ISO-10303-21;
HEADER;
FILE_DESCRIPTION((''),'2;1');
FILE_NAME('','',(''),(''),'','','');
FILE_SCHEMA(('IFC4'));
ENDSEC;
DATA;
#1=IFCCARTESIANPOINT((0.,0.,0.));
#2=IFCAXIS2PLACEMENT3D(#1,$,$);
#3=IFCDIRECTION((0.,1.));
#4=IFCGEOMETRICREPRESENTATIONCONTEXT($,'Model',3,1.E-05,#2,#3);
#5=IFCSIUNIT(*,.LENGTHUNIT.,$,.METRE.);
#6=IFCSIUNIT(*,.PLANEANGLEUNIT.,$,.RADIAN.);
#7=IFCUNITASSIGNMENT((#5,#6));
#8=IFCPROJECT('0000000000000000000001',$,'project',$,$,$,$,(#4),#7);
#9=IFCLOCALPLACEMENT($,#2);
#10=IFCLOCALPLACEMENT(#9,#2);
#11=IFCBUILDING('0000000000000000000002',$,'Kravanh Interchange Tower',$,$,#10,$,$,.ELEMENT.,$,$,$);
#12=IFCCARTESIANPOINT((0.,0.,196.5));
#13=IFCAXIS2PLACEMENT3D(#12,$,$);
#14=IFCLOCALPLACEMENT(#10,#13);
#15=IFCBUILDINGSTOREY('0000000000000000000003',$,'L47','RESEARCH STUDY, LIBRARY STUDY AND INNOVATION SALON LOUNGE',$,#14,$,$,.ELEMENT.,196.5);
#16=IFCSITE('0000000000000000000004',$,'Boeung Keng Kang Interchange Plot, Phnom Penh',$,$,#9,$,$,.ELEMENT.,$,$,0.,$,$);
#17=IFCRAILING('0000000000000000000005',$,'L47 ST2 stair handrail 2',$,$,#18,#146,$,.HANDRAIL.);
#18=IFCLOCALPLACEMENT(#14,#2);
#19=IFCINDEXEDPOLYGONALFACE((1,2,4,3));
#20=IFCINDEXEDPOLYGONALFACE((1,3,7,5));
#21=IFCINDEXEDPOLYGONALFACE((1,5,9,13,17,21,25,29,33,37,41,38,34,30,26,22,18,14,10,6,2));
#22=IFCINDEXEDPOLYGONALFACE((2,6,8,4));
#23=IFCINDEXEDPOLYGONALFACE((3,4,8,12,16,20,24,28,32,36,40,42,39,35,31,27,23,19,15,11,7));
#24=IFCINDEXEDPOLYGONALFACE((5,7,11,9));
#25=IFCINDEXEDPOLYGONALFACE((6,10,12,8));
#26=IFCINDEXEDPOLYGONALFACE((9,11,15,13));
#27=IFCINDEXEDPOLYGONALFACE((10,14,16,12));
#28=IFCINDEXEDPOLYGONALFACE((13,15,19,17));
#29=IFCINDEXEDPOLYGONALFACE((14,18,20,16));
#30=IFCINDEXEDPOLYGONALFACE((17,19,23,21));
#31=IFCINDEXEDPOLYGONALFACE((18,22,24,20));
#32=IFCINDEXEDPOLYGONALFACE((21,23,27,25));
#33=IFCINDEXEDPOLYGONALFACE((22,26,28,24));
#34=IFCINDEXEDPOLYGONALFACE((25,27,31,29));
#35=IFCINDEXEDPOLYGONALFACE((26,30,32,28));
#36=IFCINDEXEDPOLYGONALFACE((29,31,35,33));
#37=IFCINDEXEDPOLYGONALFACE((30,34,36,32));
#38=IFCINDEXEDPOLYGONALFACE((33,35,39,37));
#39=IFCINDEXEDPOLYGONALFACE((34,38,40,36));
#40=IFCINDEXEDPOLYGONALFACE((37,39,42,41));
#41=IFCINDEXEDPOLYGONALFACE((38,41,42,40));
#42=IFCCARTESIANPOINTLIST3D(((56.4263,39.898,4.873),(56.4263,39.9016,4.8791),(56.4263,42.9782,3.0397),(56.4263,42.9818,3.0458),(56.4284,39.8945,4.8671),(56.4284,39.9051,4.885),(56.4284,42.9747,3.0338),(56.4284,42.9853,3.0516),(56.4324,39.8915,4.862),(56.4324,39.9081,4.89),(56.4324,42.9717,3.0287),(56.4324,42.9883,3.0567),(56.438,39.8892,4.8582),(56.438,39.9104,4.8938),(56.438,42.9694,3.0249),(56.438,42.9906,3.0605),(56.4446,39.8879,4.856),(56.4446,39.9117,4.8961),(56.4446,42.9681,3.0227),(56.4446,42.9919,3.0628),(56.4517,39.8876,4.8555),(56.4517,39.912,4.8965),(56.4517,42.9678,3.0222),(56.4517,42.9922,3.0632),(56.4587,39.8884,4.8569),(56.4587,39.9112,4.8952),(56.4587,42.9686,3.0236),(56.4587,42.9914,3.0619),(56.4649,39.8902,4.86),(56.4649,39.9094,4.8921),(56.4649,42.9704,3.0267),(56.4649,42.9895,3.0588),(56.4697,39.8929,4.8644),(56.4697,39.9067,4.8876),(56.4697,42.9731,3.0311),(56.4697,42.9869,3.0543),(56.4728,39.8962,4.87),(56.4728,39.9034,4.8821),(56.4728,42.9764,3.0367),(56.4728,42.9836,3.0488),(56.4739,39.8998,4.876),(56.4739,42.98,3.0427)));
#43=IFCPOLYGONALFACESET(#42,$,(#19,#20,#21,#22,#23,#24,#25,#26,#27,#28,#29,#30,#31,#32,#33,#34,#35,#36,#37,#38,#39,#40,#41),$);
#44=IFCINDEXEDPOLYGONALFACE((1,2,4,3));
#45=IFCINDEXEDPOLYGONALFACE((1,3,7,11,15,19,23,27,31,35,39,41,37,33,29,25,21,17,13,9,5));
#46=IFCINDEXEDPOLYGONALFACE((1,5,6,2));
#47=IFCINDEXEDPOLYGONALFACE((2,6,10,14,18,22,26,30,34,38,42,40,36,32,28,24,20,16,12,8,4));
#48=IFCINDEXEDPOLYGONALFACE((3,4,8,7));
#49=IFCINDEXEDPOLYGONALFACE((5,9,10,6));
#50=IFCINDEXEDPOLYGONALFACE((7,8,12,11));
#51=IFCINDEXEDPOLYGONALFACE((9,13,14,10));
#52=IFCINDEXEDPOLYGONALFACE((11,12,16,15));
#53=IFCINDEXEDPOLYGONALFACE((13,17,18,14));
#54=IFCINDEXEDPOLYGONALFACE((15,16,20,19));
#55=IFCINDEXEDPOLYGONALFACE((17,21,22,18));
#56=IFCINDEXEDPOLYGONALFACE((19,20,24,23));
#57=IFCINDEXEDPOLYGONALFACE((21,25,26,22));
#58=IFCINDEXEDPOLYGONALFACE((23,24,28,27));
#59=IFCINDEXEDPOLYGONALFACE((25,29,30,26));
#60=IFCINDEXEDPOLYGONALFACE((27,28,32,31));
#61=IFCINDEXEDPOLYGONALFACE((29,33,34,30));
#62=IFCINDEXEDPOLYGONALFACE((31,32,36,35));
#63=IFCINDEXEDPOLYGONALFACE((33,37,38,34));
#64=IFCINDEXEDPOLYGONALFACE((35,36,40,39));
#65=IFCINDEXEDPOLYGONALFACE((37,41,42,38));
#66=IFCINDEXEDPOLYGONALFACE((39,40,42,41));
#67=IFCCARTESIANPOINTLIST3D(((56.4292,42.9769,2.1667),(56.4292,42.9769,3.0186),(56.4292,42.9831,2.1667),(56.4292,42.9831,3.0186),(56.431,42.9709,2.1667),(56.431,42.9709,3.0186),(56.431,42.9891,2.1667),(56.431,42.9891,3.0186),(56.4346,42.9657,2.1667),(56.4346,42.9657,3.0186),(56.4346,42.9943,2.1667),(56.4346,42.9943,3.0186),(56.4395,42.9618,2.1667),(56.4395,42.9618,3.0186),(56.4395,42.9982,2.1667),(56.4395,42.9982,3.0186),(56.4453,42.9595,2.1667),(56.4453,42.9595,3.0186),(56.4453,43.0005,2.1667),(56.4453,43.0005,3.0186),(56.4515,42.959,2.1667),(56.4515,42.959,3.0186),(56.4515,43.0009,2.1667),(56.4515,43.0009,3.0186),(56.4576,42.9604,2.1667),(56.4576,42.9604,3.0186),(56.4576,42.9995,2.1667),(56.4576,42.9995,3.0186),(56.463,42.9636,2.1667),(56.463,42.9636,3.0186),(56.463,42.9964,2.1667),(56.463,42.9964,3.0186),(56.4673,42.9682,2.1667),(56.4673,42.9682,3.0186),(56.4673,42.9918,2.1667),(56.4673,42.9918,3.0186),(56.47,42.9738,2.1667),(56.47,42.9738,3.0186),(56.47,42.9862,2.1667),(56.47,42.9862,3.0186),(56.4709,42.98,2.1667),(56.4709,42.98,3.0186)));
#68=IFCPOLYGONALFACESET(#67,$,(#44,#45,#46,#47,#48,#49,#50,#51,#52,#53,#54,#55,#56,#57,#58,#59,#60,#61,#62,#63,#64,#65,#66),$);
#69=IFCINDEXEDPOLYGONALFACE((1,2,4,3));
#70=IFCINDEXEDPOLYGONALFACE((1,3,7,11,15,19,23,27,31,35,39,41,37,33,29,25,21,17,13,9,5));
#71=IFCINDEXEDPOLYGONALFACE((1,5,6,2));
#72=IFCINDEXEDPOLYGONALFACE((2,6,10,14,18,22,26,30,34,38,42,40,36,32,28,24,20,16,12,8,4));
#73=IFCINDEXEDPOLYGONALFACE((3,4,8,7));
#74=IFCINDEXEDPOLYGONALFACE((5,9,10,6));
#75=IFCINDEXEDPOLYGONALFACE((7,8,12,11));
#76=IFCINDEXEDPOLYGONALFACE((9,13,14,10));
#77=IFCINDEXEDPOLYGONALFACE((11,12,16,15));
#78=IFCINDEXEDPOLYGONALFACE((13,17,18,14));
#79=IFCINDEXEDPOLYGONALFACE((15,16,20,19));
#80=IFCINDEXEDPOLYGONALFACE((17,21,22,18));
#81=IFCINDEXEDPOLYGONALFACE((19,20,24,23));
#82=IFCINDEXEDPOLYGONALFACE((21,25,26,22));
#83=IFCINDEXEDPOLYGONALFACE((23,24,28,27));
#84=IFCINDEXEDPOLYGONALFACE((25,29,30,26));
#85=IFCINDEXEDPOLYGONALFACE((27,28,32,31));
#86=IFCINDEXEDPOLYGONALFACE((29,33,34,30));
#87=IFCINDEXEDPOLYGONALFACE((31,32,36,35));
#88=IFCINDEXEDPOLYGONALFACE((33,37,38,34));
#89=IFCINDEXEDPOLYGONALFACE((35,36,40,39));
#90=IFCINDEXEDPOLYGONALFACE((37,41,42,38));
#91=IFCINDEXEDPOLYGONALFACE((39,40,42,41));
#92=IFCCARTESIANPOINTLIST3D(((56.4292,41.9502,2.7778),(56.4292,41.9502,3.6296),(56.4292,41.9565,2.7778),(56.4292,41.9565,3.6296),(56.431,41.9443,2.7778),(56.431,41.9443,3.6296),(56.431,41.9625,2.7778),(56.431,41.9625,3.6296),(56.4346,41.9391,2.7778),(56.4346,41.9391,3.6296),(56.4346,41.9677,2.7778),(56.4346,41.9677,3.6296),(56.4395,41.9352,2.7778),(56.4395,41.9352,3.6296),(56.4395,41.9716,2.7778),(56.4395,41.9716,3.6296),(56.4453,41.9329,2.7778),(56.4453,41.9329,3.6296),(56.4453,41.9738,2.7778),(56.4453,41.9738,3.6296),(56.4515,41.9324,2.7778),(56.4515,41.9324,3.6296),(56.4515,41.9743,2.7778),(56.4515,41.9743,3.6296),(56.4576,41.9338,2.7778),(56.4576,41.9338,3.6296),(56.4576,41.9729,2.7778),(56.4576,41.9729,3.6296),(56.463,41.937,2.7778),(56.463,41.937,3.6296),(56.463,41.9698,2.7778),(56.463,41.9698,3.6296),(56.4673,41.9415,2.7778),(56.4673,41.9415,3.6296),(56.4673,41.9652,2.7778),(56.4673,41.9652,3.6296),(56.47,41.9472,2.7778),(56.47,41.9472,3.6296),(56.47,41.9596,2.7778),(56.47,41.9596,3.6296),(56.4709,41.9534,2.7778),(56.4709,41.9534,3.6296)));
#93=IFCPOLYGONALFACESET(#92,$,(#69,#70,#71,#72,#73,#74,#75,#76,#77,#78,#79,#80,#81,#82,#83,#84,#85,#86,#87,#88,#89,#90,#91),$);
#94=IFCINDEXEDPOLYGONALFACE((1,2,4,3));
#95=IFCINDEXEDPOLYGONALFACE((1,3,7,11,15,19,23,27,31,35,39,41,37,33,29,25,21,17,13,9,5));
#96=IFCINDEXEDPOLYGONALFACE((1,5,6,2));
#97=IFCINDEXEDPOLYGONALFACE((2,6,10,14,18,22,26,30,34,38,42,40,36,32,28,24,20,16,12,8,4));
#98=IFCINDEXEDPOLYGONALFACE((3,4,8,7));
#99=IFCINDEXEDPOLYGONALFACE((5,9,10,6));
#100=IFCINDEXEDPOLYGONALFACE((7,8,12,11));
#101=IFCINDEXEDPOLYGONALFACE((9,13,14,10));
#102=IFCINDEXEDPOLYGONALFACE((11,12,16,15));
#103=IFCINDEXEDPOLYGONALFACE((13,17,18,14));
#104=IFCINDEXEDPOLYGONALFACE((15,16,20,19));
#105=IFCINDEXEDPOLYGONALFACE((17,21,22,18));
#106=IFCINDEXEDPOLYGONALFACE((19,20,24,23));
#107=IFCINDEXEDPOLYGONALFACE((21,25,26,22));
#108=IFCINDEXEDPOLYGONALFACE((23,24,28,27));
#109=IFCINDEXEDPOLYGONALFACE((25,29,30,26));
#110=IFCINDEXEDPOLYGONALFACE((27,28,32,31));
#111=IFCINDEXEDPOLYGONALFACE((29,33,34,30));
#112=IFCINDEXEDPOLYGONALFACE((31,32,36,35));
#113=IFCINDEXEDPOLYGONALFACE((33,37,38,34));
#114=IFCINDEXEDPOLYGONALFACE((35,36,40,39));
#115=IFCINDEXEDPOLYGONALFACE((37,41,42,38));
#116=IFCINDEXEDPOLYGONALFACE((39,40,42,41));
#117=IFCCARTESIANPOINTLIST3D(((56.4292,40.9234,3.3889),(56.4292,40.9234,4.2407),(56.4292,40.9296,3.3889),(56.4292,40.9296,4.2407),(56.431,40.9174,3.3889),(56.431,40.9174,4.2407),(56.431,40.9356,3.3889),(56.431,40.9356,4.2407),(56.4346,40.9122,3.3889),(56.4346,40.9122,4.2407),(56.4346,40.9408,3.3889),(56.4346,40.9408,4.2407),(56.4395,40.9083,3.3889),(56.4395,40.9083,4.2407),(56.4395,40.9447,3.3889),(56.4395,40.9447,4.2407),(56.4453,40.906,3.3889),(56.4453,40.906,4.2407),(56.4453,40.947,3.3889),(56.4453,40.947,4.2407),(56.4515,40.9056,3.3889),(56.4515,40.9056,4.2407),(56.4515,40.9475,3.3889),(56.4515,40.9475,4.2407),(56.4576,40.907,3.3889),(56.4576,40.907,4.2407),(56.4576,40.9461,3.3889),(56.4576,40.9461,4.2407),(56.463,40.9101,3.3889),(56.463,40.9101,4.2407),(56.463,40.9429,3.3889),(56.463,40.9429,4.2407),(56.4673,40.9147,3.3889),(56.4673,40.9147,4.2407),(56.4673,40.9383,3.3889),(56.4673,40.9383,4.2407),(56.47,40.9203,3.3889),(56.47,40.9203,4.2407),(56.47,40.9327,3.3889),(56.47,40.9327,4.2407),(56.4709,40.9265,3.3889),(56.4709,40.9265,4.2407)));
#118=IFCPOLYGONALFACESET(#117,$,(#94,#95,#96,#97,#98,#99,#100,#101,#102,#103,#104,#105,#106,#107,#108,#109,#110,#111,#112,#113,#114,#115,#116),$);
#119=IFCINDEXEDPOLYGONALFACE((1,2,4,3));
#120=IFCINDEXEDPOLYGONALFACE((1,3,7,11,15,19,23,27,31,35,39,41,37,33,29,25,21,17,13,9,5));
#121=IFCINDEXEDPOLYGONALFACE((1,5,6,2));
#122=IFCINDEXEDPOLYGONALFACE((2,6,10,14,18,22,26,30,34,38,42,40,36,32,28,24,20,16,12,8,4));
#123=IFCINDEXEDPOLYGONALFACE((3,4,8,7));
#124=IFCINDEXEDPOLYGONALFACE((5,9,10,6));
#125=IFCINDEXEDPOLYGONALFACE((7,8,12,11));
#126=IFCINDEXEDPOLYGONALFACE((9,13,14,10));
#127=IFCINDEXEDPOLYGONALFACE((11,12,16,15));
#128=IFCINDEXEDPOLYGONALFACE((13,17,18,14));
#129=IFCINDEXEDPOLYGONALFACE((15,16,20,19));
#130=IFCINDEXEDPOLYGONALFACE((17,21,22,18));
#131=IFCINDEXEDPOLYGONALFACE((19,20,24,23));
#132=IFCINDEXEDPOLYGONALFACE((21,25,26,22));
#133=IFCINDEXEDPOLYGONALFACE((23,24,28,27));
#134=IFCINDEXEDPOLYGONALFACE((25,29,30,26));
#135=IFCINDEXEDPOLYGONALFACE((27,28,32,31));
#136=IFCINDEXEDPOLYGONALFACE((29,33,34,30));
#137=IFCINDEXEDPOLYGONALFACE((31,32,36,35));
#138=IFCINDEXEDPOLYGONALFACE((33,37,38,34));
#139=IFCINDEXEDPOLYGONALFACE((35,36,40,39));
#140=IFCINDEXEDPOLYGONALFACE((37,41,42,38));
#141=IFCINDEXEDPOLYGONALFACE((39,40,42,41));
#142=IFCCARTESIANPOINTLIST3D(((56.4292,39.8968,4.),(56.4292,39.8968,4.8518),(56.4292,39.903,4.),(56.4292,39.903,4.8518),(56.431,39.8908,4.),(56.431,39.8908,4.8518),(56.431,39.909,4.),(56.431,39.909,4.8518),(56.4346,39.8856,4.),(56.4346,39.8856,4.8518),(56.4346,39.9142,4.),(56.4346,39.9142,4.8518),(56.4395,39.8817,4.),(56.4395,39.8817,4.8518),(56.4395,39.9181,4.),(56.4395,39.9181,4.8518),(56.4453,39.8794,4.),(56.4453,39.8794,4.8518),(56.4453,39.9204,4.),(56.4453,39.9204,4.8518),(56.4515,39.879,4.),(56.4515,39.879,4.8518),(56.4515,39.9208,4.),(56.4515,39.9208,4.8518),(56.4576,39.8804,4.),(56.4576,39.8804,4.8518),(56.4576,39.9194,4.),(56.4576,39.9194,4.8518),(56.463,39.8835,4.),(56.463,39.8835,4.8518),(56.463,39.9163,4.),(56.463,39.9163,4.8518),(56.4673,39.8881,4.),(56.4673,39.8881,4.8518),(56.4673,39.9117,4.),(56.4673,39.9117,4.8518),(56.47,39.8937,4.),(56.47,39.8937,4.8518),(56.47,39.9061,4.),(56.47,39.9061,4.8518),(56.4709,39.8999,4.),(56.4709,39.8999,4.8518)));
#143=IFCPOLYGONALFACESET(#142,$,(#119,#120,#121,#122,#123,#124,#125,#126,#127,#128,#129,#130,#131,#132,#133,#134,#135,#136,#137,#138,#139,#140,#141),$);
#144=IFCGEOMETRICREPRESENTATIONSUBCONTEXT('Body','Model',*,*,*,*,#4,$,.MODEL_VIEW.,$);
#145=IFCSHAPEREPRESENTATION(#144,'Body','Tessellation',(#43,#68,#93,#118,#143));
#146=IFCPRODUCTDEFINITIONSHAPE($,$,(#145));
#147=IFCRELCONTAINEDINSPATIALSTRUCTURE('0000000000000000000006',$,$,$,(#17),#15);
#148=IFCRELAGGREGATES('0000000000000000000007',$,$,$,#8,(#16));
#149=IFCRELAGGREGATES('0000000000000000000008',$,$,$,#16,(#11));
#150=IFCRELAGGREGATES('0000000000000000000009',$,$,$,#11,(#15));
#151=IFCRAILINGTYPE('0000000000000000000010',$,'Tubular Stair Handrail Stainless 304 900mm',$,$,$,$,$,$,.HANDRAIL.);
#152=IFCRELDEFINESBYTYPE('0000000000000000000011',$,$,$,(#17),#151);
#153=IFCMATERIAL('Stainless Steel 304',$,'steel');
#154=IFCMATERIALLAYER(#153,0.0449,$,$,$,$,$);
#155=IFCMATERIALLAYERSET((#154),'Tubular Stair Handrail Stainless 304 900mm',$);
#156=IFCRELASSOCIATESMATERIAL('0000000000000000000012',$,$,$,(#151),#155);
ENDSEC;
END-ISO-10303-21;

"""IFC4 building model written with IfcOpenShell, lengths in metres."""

from ifc_helpers import new_model, si_unit, direction, frame, origin, origin_2d, place, context, subcontext, project, spatial, circle, extrude, material, layer, layer_set, type_object, element, save


model = new_model("IFC4")

# Units and contexts
model_context = context("Model", 3, precision=1e-05, world=origin(), true_north=direction((0.0, 1.0)))
body_context = subcontext(model_context, "Body", "Model", "MODEL_VIEW")
ifc_project = project(units=[si_unit("LENGTHUNIT", "METRE"), si_unit("PLANEANGLEUNIT", "RADIAN")], contexts=[model_context])

# Site, building, storey
site_placement = place(None, origin())
site = spatial("IfcSite", under=ifc_project, at=site_placement, Name="Boeung Keng Kang Interchange Plot, Phnom Penh", CompositionType="ELEMENT", RefElevation=0.0)
building_placement = place(site_placement, origin())
building = spatial("IfcBuilding", under=site, at=building_placement, Name="Kravanh Interchange Tower", CompositionType="ELEMENT")
storey_placement = place(building_placement, frame((0.0, 0.0, 196.5)))
storey = spatial("IfcBuildingStorey", under=building, at=storey_placement, Name="L47", Description="RESEARCH STUDY, LIBRARY STUDY AND INNOVATION SALON LOUNGE", CompositionType="ELEMENT", Elevation=196.5)

# Railing
ifc_material_1 = material(Name="Stainless Steel 304", Category="steel")
ifc_layer_1 = layer(ifc_material_1, 0.0449)
ifc_layer_set_1 = layer_set([ifc_layer_1], Name="Tubular Stair Handrail Stainless 304 900mm")
railing_type_1 = type_object("IfcRailingType", Name="Tubular Stair Handrail Stainless 304 900mm", PredefinedType="HANDRAIL", material=ifc_layer_set_1)
railing_1_placement = place(storey_placement, frame((56.45, 42.98, 2.1667)))
element("IfcRailing", 1, at=railing_1_placement, inside=storey, type_object=railing_type_1, Name="L47 ST2 stair handrail 2", PredefinedType="HANDRAIL", context=body_context, shape_type="SweptSolid", body=[
    extrude(circle(Radius=0.0239, at=origin_2d()), frame((0.0, 0.0, 0.876), z_axis=(0.0, -0.859309, 0.511458), x_axis=(1.0, 0.0, 0.0)), (0.0, 0.0, 1.0), 3.5845),
    extrude(circle(Radius=0.021, at=origin_2d()), origin(), (0.0, 0.0, 1.0), 0.8518),
    extrude(circle(Radius=0.021, at=origin_2d()), frame((0.0, -1.0266, 0.6111)), (0.0, 0.0, 1.0), 0.8518),
    extrude(circle(Radius=0.021, at=origin_2d()), frame((0.0, -2.0535, 1.2222)), (0.0, 0.0, 1.0), 0.8518),
    extrude(circle(Radius=0.021, at=origin_2d()), frame((0.0, -3.0801, 1.8333)), (0.0, 0.0, 1.0), 0.8518),
])

save(model, "model.ifc")
